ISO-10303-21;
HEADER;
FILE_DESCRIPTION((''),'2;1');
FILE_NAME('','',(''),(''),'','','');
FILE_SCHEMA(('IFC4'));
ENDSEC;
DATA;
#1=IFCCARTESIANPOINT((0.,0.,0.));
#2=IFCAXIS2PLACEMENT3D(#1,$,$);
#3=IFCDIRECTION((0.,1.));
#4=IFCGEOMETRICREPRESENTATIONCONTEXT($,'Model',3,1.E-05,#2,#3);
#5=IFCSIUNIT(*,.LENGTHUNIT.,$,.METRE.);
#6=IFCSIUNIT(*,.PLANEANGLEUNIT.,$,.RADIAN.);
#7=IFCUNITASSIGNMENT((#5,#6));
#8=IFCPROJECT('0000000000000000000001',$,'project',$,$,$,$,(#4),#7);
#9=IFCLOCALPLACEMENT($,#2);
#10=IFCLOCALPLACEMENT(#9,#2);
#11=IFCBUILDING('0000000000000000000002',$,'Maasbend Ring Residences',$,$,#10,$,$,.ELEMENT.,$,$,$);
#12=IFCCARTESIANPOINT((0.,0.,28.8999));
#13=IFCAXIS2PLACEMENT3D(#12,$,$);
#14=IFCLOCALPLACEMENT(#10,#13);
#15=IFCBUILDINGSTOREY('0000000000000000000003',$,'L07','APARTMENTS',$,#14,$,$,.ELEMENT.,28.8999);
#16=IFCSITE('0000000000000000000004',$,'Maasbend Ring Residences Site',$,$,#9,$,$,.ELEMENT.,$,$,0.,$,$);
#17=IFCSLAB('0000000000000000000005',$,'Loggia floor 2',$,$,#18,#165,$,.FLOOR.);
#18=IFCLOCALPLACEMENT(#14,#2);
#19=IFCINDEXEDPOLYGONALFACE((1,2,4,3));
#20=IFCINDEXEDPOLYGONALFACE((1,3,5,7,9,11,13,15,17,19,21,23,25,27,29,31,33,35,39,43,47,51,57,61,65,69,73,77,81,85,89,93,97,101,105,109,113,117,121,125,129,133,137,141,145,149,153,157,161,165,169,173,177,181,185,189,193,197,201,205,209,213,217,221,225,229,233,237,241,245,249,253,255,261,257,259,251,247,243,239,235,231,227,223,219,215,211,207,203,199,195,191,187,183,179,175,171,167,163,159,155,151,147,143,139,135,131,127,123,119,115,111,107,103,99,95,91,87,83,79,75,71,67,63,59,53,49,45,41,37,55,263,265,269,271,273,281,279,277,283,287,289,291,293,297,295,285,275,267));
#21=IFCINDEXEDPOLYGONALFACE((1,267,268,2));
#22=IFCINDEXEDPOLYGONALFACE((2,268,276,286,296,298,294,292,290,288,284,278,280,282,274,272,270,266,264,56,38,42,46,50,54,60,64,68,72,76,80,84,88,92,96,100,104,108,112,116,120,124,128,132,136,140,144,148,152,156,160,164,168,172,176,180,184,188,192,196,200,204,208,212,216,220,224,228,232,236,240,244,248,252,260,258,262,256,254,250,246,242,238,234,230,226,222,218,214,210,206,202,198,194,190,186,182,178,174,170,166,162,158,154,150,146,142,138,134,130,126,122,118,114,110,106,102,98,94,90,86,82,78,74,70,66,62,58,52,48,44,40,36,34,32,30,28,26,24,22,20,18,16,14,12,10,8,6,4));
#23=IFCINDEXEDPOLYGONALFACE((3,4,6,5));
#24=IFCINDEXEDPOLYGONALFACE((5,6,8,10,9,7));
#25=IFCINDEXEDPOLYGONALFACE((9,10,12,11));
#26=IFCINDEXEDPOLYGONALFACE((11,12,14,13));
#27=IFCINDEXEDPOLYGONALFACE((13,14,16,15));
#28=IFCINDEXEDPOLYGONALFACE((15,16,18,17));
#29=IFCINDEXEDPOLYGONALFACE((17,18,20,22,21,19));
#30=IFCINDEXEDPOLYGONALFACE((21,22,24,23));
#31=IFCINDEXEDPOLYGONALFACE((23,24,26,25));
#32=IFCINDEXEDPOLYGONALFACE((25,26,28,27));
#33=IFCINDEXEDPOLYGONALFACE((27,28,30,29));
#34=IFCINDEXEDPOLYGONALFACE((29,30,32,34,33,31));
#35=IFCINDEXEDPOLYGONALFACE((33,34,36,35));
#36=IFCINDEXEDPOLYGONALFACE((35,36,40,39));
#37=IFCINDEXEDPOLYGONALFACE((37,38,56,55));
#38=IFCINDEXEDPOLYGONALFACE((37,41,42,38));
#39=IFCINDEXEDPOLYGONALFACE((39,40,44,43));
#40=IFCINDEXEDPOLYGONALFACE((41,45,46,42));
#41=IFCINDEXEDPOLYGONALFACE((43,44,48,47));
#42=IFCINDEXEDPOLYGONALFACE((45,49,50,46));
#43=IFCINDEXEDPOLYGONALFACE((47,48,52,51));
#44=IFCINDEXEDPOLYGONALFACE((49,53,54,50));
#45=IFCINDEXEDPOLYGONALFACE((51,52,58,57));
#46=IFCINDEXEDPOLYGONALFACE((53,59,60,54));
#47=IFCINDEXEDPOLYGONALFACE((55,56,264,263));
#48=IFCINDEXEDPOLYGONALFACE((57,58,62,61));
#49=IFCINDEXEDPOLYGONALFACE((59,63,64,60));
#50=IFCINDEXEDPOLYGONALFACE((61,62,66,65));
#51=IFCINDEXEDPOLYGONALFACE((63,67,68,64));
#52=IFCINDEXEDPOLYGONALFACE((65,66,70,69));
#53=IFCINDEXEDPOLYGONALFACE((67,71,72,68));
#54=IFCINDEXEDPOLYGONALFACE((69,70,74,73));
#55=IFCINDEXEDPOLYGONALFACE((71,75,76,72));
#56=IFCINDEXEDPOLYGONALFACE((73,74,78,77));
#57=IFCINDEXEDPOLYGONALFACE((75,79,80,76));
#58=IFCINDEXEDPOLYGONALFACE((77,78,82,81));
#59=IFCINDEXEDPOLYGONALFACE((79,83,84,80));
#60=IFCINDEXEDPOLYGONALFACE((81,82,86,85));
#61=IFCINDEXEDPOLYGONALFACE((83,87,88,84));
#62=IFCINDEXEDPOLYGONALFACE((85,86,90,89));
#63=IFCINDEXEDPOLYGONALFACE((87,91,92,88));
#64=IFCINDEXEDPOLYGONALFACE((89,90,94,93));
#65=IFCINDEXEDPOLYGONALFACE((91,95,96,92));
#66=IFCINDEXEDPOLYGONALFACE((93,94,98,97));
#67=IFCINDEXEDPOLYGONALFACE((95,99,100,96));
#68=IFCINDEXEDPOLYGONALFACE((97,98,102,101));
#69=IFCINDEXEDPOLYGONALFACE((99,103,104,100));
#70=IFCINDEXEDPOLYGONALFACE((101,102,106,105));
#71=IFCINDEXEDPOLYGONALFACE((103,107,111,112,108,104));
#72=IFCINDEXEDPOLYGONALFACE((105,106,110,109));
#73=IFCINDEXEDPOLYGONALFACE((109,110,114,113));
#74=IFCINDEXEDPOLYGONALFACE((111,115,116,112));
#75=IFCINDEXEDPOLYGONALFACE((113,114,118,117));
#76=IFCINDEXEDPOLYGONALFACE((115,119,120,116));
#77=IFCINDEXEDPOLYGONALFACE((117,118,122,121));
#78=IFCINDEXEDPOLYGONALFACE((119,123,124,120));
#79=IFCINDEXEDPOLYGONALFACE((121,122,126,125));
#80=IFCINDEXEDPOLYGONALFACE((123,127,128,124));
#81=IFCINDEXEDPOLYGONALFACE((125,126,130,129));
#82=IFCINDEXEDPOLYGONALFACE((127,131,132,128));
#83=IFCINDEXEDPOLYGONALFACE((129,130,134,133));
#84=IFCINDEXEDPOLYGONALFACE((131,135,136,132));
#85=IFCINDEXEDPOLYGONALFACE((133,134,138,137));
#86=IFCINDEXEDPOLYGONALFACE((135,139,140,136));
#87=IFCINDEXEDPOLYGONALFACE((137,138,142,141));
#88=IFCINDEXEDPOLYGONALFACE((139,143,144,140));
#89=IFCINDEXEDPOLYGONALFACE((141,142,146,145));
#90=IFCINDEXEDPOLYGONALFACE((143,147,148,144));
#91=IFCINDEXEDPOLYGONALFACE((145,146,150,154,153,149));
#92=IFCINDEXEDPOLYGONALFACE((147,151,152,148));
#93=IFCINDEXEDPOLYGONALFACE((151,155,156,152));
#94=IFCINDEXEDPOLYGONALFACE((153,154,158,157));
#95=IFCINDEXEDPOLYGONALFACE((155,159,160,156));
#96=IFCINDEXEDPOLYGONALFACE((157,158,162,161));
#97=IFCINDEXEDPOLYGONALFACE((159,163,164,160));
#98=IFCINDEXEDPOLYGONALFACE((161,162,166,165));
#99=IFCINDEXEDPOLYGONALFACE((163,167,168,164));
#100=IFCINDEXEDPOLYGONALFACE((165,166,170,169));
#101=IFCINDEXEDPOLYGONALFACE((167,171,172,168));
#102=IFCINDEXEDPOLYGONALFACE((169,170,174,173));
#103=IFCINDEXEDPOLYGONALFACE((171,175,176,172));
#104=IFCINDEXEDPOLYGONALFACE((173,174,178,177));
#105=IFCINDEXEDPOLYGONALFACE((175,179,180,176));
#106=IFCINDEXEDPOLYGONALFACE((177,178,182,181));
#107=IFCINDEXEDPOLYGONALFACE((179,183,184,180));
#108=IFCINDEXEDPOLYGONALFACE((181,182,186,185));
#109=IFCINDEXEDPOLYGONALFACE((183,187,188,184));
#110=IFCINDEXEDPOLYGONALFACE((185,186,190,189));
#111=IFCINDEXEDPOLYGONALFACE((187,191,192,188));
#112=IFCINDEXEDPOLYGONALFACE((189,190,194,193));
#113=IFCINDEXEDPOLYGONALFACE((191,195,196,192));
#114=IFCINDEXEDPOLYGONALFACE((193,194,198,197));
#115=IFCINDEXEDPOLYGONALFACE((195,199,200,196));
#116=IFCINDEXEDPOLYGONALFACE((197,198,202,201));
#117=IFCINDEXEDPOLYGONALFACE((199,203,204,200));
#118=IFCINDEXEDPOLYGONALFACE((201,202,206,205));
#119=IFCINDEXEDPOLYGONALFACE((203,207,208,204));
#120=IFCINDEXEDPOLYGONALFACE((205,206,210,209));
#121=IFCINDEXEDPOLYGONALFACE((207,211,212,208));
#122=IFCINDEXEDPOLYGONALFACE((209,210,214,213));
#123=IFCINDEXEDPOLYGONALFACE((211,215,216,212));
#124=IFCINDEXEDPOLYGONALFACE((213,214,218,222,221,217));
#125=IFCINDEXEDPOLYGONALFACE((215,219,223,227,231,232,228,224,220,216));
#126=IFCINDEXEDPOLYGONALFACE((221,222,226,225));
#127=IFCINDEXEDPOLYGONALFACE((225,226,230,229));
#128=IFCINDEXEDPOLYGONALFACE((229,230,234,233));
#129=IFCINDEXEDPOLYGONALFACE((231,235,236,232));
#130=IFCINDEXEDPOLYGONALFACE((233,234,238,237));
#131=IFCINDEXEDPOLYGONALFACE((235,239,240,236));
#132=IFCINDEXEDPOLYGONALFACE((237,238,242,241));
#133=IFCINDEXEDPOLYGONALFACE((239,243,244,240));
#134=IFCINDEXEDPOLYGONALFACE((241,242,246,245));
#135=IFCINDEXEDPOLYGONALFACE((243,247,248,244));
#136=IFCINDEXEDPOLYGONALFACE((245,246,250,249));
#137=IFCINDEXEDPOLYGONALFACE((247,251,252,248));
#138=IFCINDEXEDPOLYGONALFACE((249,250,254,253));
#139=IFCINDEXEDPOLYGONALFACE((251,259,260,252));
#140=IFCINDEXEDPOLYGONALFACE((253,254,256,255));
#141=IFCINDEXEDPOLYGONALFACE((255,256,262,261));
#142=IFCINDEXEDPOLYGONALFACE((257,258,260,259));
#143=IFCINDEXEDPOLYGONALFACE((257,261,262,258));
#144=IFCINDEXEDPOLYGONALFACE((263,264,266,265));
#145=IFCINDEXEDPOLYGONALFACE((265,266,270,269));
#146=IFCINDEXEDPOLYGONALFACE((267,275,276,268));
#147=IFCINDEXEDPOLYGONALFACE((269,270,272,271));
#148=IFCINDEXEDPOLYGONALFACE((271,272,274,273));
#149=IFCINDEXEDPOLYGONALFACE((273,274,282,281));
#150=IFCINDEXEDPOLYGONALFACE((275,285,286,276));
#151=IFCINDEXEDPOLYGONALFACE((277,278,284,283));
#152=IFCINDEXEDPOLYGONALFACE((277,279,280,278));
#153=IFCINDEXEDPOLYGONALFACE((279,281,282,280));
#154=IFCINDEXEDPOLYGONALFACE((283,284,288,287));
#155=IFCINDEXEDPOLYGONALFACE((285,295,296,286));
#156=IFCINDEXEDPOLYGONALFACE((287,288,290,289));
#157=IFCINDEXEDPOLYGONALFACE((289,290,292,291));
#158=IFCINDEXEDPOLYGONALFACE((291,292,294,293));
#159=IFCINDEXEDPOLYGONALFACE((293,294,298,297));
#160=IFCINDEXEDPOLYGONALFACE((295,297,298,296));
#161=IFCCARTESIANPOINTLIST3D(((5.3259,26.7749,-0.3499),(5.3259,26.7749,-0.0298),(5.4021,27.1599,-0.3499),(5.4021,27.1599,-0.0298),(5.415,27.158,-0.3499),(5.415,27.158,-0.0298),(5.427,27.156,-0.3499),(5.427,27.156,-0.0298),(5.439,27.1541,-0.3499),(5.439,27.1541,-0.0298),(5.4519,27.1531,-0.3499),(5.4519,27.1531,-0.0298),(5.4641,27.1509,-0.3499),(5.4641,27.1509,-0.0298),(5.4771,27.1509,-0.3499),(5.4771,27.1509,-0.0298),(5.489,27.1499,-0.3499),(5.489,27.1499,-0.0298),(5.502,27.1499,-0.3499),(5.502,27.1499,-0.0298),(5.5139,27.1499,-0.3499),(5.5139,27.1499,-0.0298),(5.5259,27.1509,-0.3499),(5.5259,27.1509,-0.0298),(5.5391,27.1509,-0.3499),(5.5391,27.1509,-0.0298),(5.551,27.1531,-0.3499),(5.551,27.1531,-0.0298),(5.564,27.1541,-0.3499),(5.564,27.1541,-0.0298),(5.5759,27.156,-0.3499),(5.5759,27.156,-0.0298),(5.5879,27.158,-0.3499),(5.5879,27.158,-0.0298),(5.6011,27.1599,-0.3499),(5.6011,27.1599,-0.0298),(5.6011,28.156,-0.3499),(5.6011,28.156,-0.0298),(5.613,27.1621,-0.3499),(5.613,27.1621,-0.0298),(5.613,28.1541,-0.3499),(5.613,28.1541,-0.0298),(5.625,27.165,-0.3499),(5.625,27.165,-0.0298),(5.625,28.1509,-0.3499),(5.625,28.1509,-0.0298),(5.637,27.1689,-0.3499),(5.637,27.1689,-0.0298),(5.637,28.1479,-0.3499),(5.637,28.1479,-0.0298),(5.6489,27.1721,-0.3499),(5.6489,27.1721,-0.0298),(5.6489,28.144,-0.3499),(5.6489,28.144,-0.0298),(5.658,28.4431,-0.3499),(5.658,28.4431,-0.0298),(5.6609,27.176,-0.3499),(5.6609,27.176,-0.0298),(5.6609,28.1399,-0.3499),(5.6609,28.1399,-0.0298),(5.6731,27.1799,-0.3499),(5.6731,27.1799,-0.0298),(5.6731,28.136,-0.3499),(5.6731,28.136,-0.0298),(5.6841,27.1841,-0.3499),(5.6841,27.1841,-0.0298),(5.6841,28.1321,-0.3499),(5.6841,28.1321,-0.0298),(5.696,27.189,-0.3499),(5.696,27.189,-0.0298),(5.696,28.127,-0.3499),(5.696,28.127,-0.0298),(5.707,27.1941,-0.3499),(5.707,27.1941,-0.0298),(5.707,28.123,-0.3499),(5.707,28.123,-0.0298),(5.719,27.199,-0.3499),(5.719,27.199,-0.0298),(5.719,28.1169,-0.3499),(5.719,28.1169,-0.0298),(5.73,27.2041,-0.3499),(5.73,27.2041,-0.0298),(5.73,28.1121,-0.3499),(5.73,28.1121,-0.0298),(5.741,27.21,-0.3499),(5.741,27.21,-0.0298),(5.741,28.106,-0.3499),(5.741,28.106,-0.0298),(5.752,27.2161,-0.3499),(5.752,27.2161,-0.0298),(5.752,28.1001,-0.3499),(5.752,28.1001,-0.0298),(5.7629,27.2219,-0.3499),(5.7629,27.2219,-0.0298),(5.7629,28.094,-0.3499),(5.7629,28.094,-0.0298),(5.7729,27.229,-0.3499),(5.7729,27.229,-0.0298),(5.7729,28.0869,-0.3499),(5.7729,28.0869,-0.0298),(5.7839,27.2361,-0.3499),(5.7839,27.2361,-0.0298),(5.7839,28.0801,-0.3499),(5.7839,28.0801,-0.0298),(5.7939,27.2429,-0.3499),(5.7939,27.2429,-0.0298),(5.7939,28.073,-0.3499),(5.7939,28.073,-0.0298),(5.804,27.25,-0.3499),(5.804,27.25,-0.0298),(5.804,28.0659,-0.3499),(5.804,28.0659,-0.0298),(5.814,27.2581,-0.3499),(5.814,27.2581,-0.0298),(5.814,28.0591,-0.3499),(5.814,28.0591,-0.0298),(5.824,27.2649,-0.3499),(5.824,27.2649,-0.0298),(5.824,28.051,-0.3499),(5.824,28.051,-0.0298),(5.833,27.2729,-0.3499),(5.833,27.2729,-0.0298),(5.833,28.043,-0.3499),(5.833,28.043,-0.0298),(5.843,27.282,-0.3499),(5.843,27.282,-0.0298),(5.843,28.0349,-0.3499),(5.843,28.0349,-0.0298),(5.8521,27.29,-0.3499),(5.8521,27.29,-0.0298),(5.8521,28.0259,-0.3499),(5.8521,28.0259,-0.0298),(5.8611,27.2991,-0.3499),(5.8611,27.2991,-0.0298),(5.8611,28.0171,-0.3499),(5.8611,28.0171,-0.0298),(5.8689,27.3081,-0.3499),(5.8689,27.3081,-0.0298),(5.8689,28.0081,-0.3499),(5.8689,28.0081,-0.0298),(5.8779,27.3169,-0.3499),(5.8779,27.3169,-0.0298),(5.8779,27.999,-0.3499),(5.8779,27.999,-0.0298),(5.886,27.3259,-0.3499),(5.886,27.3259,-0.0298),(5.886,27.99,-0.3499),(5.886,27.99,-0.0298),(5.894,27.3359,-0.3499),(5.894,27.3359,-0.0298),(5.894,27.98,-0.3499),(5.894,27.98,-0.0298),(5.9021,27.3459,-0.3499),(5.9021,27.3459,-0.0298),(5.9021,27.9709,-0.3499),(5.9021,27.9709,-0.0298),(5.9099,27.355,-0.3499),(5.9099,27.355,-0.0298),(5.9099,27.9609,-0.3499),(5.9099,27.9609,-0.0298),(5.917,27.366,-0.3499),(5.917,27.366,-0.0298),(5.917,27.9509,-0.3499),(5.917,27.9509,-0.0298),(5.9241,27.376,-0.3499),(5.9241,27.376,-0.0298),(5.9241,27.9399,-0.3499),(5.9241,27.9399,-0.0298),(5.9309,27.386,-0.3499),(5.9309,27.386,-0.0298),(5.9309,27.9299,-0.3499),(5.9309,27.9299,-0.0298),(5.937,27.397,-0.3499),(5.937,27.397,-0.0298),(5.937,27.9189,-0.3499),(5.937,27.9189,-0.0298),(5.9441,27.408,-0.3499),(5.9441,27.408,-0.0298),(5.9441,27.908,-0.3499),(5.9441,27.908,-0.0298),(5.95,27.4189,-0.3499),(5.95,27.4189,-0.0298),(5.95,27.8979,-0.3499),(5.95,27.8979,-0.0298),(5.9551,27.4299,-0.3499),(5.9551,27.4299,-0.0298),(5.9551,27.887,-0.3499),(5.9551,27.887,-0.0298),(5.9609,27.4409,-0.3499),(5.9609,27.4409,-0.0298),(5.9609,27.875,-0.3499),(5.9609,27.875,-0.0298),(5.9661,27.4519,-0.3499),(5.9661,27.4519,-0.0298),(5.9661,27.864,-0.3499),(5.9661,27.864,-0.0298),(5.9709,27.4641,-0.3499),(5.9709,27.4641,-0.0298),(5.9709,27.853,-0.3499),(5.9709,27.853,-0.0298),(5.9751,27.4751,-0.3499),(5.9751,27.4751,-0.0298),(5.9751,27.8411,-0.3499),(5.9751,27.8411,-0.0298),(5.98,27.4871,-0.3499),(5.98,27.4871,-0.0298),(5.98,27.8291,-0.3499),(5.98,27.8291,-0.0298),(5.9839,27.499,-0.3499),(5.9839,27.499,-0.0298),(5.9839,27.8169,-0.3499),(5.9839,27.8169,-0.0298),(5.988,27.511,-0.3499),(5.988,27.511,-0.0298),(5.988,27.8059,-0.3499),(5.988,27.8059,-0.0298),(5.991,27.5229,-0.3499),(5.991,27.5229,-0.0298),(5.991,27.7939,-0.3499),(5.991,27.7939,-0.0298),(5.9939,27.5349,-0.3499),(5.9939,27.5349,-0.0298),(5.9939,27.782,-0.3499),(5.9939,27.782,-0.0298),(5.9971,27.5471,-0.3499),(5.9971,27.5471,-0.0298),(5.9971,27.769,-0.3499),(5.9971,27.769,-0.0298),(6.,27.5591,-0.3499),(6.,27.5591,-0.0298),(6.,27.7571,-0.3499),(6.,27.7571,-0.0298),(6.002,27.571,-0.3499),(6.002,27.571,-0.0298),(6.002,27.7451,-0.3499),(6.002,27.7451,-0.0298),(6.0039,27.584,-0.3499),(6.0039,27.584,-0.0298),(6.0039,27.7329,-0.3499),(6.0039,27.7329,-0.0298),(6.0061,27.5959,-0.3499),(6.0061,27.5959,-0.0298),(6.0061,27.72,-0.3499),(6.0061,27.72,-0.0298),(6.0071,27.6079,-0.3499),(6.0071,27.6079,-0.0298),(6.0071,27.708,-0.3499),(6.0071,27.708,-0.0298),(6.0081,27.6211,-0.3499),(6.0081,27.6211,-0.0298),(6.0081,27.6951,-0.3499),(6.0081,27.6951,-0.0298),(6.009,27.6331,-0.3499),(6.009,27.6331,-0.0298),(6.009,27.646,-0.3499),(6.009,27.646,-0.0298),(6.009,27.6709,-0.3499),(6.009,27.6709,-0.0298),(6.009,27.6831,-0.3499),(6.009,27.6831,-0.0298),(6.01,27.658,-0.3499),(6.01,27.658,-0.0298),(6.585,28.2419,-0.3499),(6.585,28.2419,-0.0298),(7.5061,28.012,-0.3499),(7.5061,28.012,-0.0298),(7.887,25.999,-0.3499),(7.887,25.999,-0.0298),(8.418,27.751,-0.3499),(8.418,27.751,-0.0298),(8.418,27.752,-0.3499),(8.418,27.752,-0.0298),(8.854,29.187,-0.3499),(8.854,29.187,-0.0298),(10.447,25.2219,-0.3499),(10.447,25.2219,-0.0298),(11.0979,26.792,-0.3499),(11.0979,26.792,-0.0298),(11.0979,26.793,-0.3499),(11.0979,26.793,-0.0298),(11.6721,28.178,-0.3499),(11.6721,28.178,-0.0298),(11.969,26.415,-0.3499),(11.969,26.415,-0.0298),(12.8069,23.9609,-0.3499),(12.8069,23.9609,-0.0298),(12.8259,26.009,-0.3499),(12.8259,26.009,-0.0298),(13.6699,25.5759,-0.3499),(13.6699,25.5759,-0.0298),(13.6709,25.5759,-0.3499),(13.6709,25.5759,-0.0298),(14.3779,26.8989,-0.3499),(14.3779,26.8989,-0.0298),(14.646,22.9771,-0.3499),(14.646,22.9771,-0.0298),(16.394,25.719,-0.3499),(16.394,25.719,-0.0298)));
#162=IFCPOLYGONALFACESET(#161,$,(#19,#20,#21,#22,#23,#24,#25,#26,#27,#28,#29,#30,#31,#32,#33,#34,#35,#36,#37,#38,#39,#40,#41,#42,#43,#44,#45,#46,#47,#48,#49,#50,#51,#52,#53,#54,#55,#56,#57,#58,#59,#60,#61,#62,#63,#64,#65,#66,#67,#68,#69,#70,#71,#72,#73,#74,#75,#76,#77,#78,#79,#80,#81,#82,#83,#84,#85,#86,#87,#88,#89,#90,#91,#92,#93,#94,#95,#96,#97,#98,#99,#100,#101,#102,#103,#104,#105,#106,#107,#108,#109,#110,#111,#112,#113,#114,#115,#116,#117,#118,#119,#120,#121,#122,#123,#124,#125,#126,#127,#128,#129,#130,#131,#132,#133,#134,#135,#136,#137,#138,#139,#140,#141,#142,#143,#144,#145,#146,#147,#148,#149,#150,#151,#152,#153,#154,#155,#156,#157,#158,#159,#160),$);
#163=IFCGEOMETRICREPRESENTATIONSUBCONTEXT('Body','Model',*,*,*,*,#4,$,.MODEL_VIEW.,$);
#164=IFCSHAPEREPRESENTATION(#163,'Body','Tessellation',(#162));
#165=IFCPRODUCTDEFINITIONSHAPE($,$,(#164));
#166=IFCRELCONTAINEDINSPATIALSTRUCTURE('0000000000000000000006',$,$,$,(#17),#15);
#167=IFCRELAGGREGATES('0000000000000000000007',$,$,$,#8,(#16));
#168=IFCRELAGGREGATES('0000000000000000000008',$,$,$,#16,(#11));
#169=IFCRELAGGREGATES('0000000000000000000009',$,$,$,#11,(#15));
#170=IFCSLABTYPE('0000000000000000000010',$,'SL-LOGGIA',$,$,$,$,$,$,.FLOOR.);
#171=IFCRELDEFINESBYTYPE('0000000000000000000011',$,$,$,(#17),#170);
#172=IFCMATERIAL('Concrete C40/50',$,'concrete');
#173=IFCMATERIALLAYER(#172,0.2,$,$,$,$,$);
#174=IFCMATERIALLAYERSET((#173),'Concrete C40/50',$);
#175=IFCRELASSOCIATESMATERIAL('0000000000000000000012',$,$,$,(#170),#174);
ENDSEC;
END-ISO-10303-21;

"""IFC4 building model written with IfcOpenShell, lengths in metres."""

from ifc_helpers import new_model, si_unit, direction, frame, origin, place, context, subcontext, project, spatial, polyline, outline, extrude, material, layer, layer_set, type_object, element, save


model = new_model("IFC4")

# Units and contexts
model_context = context("Model", 3, precision=1e-05, world=origin(), true_north=direction((0.0, 1.0)))
body_context = subcontext(model_context, "Body", "Model", "MODEL_VIEW")
ifc_project = project(units=[si_unit("LENGTHUNIT", "METRE"), si_unit("PLANEANGLEUNIT", "RADIAN")], contexts=[model_context])

# Site, building, storey
site_placement = place(None, origin())
site = spatial("IfcSite", under=ifc_project, at=site_placement, Name="Maasbend Ring Residences Site", CompositionType="ELEMENT", RefElevation=0.0)
building_placement = place(site_placement, origin())
building = spatial("IfcBuilding", under=site, at=building_placement, Name="Maasbend Ring Residences", CompositionType="ELEMENT")
storey_placement = place(building_placement, frame((0.0, 0.0, 28.8999)))
storey = spatial("IfcBuildingStorey", under=building, at=storey_placement, Name="L07", Description="APARTMENTS", CompositionType="ELEMENT", Elevation=28.8999)

# Slab
ifc_material_1 = material(Name="Concrete C40/50", Category="concrete")
ifc_layer_1 = layer(ifc_material_1, 0.2)
ifc_layer_set_1 = layer_set([ifc_layer_1], Name="Concrete C40/50")
slab_type_1 = type_object("IfcSlabType", Name="SL-LOGGIA", PredefinedType="FLOOR", material=ifc_layer_set_1)
slab_1_placement = place(storey_placement, frame((0.0, 0.0, -0.3499)))
element("IfcSlab", 1, at=slab_1_placement, inside=storey, type_object=slab_type_1, Name="Loggia floor 2", PredefinedType="FLOOR", context=body_context, shape_type="SweptSolid", body=[
    extrude(outline(polyline([(5.439, 27.1541), (5.4519, 27.1531), (5.4641, 27.1509), (5.4771, 27.1509), (5.489, 27.1499), (5.502, 27.1499), (5.5139, 27.1499), (5.5259, 27.1509), (5.5391, 27.1509), (5.551, 27.1531), (5.564, 27.1541), (5.5759, 27.156), (5.5879, 27.158), (5.6011, 27.1599), (5.613, 27.1621), (5.625, 27.165), (5.637, 27.1689), (5.6489, 27.1721), (5.6609, 27.176), (5.6731, 27.1799), (5.6841, 27.1841), (5.696, 27.189), (5.707, 27.1941), (5.719, 27.199), (5.73, 27.2041), (5.741, 27.21), (5.752, 27.2161), (5.7629, 27.2219), (5.7729, 27.229), (5.7839, 27.2361), (5.7939, 27.2429), (5.804, 27.25), (5.814, 27.2581), (5.824, 27.2649), (5.833, 27.2729), (5.843, 27.282), (5.8521, 27.29), (5.8611, 27.2991), (5.8689, 27.3081), (5.8779, 27.3169), (5.886, 27.3259), (5.894, 27.3359), (5.9021, 27.3459), (5.9099, 27.355), (5.917, 27.366), (5.9241, 27.376), (5.9309, 27.386), (5.937, 27.397), (5.9441, 27.408), (5.95, 27.4189), (5.9551, 27.4299), (5.9609, 27.4409), (5.9661, 27.4519), (5.9709, 27.4641), (5.9751, 27.4751), (5.98, 27.4871), (5.9839, 27.499), (5.988, 27.511), (5.991, 27.5229), (5.9939, 27.5349), (5.9971, 27.5471), (6.0, 27.5591), (6.002, 27.571), (6.0039, 27.584), (6.0061, 27.5959), (6.0071, 27.6079), (6.0081, 27.6211), (6.009, 27.6331), (6.009, 27.646), (6.01, 27.658), (6.009, 27.6709), (6.009, 27.6831), (6.0081, 27.6951), (6.0071, 27.708), (6.0061, 27.72), (6.0039, 27.7329), (6.002, 27.7451), (6.0, 27.7571), (5.9971, 27.769), (5.9939, 27.782), (5.991, 27.7939), (5.988, 27.8059), (5.9839, 27.8169), (5.98, 27.8291), (5.9751, 27.8411), (5.9709, 27.853), (5.9661, 27.864), (5.9609, 27.875), (5.9551, 27.887), (5.95, 27.8979), (5.9441, 27.908), (5.937, 27.9189), (5.9309, 27.9299), (5.9241, 27.9399), (5.917, 27.9509), (5.9099, 27.9609), (5.9021, 27.9709), (5.894, 27.98), (5.886, 27.99), (5.8779, 27.999), (5.8689, 28.0081), (5.8611, 28.0171), (5.8521, 28.0259), (5.843, 28.0349), (5.833, 28.043), (5.824, 28.051), (5.814, 28.0591), (5.804, 28.0659), (5.7939, 28.073), (5.7839, 28.0801), (5.7729, 28.0869), (5.7629, 28.094), (5.752, 28.1001), (5.741, 28.106), (5.73, 28.1121), (5.719, 28.1169), (5.707, 28.123), (5.696, 28.127), (5.6841, 28.1321), (5.6731, 28.136), (5.6609, 28.1399), (5.6489, 28.144), (5.637, 28.1479), (5.625, 28.1509), (5.613, 28.1541), (5.6011, 28.156), (5.658, 28.4431), (5.658, 28.4431), (5.658, 28.4431), (6.585, 28.2419), (6.585, 28.2419), (7.5061, 28.012), (7.5061, 28.012), (8.418, 27.751), (8.418, 27.751), (8.418, 27.751), (8.418, 27.751), (8.418, 27.751), (8.418, 27.751), (8.418, 27.751), (8.418, 27.751), (8.418, 27.751), (8.418, 27.751), (8.418, 27.752), (8.418, 27.752), (8.418, 27.752), (8.418, 27.752), (8.418, 27.752), (8.418, 27.752), (8.418, 27.752), (8.854, 29.187), (8.854, 29.187), (8.854, 29.187), (11.6721, 28.178), (11.6721, 28.178), (11.6721, 28.178), (11.0979, 26.793), (11.0979, 26.793), (11.0979, 26.793), (11.0979, 26.793), (11.0979, 26.793), (11.0979, 26.793), (11.0979, 26.793), (11.0979, 26.793), (11.0979, 26.793), (11.0979, 26.793), (11.0979, 26.792), (11.0979, 26.792), (11.0979, 26.792), (11.0979, 26.792), (11.0979, 26.792), (11.0979, 26.792), (11.0979, 26.792), (11.969, 26.415), (11.969, 26.415), (12.8259, 26.009), (12.8259, 26.009), (13.6699, 25.5759), (13.6699, 25.5759), (13.6699, 25.5759), (13.6699, 25.5759), (13.6699, 25.5759), (13.6699, 25.5759), (13.6699, 25.5759), (13.6699, 25.5759), (13.6699, 25.5759), (13.6699, 25.5759), (13.6709, 25.5759), (13.6709, 25.5759), (13.6709, 25.5759), (13.6709, 25.5759), (13.6709, 25.5759), (13.6709, 25.5759), (13.6709, 25.5759), (14.3779, 26.8989), (14.3779, 26.8989), (14.3779, 26.8989), (16.394, 25.719), (16.394, 25.719), (16.394, 25.719), (14.646, 22.9771), (14.646, 22.9771), (14.646, 22.9771), (12.8069, 23.9609), (10.447, 25.2219), (10.447, 25.2219), (10.447, 25.2219), (7.887, 25.999), (5.3259, 26.7749), (5.3259, 26.7749), (5.3259, 26.7749), (5.4021, 27.1599), (5.415, 27.158), (5.427, 27.156), (5.439, 27.1541)])), origin(), (0.0, 0.0, 1.0), 0.3201),
])

save(model, "model.ifc")
